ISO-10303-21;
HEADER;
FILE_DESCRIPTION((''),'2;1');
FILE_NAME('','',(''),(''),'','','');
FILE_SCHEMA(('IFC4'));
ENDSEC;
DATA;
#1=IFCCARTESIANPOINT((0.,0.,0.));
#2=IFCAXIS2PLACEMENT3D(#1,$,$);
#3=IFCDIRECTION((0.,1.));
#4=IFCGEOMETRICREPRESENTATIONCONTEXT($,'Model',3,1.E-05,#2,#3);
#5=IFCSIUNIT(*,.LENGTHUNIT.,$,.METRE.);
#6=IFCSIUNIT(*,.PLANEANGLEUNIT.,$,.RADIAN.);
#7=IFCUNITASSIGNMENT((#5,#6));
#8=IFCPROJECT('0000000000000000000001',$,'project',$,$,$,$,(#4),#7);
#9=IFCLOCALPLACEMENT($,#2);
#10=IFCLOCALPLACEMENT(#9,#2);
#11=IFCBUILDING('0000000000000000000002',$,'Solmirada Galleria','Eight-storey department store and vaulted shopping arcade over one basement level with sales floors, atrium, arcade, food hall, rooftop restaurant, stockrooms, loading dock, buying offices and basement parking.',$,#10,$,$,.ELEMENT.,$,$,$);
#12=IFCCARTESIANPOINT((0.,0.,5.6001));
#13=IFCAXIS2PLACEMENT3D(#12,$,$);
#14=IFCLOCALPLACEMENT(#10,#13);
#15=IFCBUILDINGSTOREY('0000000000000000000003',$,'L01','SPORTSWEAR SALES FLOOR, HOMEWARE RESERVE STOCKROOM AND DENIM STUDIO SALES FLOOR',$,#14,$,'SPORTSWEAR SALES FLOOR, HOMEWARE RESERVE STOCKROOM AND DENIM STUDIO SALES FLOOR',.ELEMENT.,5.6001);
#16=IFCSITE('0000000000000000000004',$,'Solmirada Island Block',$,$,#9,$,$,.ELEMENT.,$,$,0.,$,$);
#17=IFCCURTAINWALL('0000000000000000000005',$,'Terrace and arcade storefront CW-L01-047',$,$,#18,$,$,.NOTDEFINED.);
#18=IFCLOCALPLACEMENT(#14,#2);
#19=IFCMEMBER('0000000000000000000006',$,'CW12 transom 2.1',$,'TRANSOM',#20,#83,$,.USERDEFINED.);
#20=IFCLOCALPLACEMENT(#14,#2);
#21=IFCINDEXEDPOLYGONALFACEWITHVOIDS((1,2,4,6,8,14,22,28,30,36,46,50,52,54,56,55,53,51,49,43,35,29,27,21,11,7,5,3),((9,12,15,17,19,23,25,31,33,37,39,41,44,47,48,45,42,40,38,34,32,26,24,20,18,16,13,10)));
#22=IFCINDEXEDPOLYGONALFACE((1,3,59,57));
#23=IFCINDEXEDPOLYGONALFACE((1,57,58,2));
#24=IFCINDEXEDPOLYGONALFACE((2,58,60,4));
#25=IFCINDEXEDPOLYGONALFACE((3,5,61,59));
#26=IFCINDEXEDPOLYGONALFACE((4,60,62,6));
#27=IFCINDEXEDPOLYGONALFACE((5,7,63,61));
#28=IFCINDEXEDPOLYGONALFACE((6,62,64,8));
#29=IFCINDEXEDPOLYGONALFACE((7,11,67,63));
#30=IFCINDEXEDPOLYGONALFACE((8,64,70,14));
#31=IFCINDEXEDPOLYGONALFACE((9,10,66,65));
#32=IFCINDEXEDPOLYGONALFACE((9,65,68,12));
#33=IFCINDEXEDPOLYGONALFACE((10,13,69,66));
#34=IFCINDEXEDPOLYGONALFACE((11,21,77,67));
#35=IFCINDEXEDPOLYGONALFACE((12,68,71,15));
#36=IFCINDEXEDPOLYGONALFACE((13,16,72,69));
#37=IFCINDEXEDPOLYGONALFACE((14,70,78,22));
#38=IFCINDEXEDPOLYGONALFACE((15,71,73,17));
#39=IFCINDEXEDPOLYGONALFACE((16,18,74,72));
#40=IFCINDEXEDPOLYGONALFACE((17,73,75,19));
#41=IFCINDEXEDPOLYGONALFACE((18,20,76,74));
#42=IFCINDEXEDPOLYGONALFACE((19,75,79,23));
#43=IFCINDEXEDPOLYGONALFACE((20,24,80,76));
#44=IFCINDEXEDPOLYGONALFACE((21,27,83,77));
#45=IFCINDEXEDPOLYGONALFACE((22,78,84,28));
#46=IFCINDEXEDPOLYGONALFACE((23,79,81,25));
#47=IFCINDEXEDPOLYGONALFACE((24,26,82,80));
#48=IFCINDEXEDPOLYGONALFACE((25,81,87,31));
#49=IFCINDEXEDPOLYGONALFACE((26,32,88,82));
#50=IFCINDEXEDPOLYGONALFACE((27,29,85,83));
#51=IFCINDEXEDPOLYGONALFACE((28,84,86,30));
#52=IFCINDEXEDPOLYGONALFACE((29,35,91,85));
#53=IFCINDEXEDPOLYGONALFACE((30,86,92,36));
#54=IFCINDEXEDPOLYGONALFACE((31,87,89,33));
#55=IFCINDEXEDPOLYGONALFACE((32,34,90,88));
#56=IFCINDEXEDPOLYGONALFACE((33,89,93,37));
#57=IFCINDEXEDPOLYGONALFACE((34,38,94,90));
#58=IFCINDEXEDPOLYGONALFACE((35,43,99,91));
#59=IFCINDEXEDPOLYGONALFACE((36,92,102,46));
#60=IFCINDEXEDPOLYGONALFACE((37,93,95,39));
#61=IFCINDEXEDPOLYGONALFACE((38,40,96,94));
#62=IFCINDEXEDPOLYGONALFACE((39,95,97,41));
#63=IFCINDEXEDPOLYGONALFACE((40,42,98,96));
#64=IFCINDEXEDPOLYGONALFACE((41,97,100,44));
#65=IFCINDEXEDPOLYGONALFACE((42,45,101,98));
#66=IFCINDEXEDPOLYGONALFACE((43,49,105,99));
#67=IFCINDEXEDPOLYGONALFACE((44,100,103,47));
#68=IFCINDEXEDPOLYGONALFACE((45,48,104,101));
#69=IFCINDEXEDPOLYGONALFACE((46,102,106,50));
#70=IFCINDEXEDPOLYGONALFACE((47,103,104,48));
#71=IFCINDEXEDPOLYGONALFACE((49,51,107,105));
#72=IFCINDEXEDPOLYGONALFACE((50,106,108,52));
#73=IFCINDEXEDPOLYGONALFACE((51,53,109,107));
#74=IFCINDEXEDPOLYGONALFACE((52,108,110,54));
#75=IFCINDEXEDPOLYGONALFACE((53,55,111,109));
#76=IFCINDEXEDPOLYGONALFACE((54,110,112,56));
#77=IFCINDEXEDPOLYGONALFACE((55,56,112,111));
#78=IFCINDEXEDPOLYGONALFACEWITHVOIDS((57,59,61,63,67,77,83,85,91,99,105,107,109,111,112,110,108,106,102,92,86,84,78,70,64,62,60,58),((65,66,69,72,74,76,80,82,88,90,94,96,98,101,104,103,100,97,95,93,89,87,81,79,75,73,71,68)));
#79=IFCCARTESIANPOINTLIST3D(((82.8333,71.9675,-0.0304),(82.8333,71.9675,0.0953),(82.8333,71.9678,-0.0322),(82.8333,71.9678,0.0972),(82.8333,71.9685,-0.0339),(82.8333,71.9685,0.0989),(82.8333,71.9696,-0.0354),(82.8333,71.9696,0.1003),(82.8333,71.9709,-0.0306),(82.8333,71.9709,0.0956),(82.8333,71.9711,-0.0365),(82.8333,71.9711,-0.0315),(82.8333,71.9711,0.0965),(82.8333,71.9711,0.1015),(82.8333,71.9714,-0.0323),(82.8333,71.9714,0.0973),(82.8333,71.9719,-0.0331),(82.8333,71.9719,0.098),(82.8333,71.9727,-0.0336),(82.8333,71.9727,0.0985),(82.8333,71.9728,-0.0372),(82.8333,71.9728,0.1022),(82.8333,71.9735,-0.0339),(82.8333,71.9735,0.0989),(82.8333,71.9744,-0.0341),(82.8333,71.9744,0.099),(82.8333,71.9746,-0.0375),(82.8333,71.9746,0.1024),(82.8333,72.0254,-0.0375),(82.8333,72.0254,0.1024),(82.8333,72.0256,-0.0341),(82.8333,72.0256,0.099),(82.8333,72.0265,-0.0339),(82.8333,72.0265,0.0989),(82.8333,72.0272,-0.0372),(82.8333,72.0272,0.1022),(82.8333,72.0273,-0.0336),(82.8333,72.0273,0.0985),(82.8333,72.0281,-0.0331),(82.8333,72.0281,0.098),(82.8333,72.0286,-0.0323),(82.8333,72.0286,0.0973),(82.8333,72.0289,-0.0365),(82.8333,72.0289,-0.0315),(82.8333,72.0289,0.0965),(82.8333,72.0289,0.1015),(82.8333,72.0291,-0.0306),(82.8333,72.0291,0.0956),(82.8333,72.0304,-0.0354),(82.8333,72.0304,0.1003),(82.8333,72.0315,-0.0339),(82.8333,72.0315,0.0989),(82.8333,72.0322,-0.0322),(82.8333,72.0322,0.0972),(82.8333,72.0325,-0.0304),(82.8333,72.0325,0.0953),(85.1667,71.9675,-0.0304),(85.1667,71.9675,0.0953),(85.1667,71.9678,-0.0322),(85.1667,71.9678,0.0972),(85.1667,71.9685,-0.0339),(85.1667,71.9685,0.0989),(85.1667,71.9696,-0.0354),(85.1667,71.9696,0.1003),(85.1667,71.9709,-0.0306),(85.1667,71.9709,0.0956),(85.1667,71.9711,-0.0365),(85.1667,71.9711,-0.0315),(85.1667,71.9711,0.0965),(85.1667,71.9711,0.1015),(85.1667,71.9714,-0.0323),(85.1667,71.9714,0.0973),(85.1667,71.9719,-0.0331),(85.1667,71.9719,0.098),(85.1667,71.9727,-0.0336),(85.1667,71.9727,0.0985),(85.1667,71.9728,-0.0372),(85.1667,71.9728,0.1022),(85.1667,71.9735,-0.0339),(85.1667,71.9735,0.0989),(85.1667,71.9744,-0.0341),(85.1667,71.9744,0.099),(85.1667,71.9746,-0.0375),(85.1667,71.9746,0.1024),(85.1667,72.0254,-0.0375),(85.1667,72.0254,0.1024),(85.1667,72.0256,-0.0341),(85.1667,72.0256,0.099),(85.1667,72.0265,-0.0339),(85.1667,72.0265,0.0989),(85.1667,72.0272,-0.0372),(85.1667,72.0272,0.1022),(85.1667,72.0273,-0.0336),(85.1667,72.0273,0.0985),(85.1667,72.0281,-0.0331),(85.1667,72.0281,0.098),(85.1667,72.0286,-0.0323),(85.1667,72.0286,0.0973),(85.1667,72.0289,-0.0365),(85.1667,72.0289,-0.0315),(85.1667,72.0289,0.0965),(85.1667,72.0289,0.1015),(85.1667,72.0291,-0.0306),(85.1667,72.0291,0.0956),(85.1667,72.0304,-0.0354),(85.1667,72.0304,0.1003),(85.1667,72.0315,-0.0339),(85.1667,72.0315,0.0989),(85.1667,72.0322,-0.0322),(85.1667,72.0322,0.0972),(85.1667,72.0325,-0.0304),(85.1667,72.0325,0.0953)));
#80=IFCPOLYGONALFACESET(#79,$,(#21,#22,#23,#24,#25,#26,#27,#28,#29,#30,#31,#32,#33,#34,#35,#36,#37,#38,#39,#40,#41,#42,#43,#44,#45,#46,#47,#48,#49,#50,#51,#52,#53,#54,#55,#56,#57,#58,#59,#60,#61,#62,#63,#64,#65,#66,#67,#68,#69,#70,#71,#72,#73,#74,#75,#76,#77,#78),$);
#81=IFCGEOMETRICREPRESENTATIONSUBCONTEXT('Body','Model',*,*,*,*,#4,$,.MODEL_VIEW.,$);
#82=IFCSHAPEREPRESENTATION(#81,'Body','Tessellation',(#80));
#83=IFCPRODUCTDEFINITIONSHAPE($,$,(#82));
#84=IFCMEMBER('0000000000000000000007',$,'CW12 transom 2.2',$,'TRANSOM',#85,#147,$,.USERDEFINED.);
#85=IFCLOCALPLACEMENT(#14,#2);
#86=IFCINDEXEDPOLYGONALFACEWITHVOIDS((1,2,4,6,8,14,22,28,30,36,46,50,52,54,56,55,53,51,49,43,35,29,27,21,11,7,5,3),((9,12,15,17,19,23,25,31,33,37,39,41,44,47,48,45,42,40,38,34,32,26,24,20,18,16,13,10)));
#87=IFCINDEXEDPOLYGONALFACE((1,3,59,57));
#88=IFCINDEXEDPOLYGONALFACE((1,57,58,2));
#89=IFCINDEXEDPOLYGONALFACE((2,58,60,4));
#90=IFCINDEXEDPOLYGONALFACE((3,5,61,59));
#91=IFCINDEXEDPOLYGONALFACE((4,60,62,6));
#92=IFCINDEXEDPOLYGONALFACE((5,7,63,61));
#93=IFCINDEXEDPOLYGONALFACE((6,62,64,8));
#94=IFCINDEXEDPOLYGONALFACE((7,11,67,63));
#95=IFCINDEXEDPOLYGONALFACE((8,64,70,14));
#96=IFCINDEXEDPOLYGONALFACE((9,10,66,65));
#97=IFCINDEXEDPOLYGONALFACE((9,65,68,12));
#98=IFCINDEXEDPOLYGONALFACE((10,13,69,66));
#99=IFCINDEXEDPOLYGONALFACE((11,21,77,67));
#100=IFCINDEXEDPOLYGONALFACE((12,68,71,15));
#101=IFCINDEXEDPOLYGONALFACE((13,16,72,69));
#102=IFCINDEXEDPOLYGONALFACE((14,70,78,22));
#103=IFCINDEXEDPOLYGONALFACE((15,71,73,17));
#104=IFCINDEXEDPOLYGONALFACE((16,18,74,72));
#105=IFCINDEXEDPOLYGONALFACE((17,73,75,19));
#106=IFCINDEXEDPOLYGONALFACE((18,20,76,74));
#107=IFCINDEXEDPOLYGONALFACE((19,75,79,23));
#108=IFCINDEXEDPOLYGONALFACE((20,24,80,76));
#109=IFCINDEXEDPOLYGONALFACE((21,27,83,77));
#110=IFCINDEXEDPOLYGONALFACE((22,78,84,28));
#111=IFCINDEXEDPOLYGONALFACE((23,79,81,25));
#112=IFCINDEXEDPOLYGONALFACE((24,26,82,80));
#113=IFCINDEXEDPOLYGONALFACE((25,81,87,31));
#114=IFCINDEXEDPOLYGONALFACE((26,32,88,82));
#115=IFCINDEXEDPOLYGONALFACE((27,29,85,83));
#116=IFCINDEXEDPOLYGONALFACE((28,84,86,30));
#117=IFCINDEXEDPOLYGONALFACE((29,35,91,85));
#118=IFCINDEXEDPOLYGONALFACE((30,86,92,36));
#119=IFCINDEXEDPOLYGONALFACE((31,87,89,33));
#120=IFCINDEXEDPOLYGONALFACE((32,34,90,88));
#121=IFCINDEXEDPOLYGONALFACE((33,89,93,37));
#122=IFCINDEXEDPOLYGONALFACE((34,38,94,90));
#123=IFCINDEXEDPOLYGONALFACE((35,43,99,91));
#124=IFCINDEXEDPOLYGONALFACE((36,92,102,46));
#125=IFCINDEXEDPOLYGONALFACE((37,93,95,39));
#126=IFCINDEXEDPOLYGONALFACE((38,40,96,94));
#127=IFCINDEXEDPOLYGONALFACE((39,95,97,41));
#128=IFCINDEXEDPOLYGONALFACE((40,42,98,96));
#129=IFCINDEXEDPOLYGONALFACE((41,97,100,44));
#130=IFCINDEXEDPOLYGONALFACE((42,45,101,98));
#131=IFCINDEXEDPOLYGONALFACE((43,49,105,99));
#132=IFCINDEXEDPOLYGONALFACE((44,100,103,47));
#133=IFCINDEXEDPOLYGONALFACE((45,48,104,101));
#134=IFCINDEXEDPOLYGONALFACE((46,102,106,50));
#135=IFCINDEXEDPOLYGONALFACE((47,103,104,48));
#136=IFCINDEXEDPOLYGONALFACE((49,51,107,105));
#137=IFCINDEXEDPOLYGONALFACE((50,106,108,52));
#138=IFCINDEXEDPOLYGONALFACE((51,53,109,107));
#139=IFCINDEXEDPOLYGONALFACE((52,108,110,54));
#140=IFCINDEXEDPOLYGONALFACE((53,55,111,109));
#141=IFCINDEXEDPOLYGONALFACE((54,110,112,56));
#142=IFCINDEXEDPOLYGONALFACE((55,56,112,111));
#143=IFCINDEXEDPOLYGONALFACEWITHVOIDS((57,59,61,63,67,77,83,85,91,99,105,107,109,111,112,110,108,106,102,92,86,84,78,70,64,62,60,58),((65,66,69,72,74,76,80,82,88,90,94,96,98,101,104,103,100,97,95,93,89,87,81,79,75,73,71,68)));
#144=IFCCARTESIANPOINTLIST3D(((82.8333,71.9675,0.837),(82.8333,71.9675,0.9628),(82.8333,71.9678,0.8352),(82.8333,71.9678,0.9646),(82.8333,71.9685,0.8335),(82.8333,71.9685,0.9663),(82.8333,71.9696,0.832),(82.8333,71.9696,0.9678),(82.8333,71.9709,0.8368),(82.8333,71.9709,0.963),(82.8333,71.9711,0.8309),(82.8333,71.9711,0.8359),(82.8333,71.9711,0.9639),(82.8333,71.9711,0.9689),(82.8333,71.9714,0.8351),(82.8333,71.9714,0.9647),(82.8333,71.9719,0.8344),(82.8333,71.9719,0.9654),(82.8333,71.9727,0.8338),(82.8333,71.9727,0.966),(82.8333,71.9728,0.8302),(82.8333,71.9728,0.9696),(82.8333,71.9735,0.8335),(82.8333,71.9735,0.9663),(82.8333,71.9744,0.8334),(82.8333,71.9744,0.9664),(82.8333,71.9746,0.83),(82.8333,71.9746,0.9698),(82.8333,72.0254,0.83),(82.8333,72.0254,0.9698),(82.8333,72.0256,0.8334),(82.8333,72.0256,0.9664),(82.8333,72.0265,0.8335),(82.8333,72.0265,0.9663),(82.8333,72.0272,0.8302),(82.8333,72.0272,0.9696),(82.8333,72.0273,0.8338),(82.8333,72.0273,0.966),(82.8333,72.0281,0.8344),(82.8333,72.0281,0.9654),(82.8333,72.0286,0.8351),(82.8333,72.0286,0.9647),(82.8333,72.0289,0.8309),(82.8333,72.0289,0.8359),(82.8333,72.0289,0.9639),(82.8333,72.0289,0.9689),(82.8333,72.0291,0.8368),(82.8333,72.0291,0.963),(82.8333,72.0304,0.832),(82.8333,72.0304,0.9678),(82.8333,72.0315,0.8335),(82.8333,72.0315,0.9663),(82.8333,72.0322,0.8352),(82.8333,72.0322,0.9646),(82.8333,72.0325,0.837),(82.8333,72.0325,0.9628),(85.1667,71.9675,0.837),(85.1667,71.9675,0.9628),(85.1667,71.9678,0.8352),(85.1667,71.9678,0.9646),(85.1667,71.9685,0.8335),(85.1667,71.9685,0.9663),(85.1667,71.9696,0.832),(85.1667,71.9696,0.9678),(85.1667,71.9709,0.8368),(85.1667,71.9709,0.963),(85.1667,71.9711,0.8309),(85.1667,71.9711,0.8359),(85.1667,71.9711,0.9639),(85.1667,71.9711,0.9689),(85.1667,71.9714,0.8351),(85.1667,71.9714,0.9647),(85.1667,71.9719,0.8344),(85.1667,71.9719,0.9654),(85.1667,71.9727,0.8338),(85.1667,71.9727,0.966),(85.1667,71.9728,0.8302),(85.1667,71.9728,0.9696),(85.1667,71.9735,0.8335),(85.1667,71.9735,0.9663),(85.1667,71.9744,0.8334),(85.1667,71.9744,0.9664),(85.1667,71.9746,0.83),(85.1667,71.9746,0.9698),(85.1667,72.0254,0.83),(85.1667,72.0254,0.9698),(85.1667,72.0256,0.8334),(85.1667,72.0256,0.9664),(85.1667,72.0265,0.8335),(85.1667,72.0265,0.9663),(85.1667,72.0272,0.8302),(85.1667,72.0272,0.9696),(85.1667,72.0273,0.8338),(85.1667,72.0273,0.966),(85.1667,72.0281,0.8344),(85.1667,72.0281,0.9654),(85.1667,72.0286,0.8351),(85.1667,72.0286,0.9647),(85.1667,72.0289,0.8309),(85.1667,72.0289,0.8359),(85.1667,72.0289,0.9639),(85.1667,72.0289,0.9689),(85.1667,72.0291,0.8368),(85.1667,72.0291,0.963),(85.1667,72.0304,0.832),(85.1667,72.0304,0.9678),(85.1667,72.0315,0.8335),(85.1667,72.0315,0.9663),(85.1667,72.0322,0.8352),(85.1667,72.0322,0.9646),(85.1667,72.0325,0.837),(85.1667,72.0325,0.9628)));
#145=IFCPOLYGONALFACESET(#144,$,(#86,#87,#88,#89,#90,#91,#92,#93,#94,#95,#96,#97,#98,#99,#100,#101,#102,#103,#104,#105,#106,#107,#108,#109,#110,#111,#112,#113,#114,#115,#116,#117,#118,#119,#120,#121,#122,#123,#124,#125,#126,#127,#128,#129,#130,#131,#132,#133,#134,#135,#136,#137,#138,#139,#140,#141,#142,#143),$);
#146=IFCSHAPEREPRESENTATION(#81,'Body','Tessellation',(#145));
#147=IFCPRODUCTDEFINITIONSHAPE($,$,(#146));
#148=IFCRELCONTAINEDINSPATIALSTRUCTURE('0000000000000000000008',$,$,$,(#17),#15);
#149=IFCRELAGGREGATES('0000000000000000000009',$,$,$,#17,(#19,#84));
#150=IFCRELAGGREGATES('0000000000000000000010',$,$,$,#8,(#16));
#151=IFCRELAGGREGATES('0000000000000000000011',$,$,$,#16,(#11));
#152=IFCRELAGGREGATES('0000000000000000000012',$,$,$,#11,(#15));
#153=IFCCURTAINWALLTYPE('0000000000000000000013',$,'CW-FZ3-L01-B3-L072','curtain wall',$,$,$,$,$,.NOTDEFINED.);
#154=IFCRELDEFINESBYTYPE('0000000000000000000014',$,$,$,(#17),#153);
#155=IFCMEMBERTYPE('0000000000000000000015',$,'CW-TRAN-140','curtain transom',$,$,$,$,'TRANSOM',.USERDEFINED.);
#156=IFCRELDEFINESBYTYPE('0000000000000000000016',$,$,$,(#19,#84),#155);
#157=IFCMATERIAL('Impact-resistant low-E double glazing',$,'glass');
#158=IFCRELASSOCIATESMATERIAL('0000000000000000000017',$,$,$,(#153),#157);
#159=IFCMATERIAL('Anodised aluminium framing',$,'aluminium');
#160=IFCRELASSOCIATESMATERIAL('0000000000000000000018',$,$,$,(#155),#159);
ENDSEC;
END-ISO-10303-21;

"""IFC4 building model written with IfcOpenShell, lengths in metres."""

from ifc_helpers import new_model, si_unit, direction, frame, origin, origin_2d, place, context, subcontext, project, spatial, hollow_rectangle, extrude, material, material_profile, profile_set, type_object, element, aggregate, save


model = new_model("IFC4")

# Units and contexts
model_context = context("Model", 3, precision=1e-05, world=origin(), true_north=direction((0.0, 1.0)))
body_context = subcontext(model_context, "Body", "Model", "MODEL_VIEW")
ifc_project = project(units=[si_unit("LENGTHUNIT", "METRE"), si_unit("PLANEANGLEUNIT", "RADIAN")], contexts=[model_context])

# Site, building, storey
site_placement = place(None, origin())
site = spatial("IfcSite", under=ifc_project, at=site_placement, Name="Solmirada Island Block", CompositionType="ELEMENT", RefElevation=0.0)
building_placement = place(site_placement, origin())
building = spatial("IfcBuilding", under=site, at=building_placement, Name="Solmirada Galleria", Description="Eight-storey department store and vaulted shopping arcade over one basement level with sales floors, atrium, arcade, food hall, rooftop restaurant, stockrooms, loading dock, buying offices and basement parking.", CompositionType="ELEMENT")
storey_placement = place(building_placement, frame((0.0, 0.0, 5.6001)))
storey = spatial("IfcBuildingStorey", under=building, at=storey_placement, Name="L01", Description="SPORTSWEAR SALES FLOOR, HOMEWARE RESERVE STOCKROOM AND DENIM STUDIO SALES FLOOR", LongName="SPORTSWEAR SALES FLOOR, HOMEWARE RESERVE STOCKROOM AND DENIM STUDIO SALES FLOOR", CompositionType="ELEMENT", Elevation=5.6001)

# Curtain wall
ifc_material_1 = material(Name="Impact-resistant low-E double glazing", Category="glass")
curtain_wall_type_1 = type_object("IfcCurtainWallType", Name="CW-FZ3-L01-B3-L072", Description="curtain wall", PredefinedType="NOTDEFINED", material=ifc_material_1)
curtain_wall_1_placement = place(storey_placement, origin())
curtain_wall_1 = element("IfcCurtainWall", 1, at=curtain_wall_1_placement, inside=storey, type_object=curtain_wall_type_1, Name="Terrace and arcade storefront CW-L01-047", PredefinedType="NOTDEFINED")
ifc_material_2 = material(Name="Anodised aluminium framing", Category="aluminium")

# Members
ifc_material_profile_1 = material_profile(ifc_material_2, hollow_rectangle(XDim=0.0649, YDim=0.1399, WallThickness=0.0034, InnerFilletRadius=0.0034, OuterFilletRadius=0.0071, at=origin_2d()), Name="ALU-TRAN-140X65")
ifc_profile_set_1 = profile_set([ifc_material_profile_1], Name="Anodised aluminium framing")
member_type_1 = type_object("IfcMemberType", Name="CW-TRAN-140", Description="curtain transom", ElementType="TRANSOM", PredefinedType="USERDEFINED", material=ifc_profile_set_1)
member_1_placement = place(storey_placement, frame((82.8333, 72.0, 0.0325), z_axis=(1.0, 0.0, 0.0), x_axis=(0.0, 1.0, 0.0)))
member_1 = element("IfcMember", 2, at=member_1_placement, type_object=member_type_1, Name="CW12 transom 2.1", ObjectType="TRANSOM", PredefinedType="USERDEFINED", context=body_context, shape_type="SweptSolid", body=[
    extrude(hollow_rectangle(XDim=0.0649, YDim=0.1399, WallThickness=0.0034, InnerFilletRadius=0.0034, OuterFilletRadius=0.0071, at=origin_2d()), origin(), (0.0, 0.0, 1.0), 2.3335),
])
member_2_placement = place(storey_placement, frame((82.8333, 72.0, 0.8999), z_axis=(1.0, 0.0, 0.0), x_axis=(0.0, 1.0, 0.0)))
member_2 = element("IfcMember", 3, at=member_2_placement, type_object=member_type_1, Name="CW12 transom 2.2", ObjectType="TRANSOM", PredefinedType="USERDEFINED", context=body_context, shape_type="SweptSolid", body=[
    extrude(hollow_rectangle(XDim=0.0649, YDim=0.1399, WallThickness=0.0034, InnerFilletRadius=0.0034, OuterFilletRadius=0.0071, at=origin_2d()), origin(), (0.0, 0.0, 1.0), 2.3335),
])

aggregate(curtain_wall_1, [member_1, member_2])

save(model, "model.ifc")
